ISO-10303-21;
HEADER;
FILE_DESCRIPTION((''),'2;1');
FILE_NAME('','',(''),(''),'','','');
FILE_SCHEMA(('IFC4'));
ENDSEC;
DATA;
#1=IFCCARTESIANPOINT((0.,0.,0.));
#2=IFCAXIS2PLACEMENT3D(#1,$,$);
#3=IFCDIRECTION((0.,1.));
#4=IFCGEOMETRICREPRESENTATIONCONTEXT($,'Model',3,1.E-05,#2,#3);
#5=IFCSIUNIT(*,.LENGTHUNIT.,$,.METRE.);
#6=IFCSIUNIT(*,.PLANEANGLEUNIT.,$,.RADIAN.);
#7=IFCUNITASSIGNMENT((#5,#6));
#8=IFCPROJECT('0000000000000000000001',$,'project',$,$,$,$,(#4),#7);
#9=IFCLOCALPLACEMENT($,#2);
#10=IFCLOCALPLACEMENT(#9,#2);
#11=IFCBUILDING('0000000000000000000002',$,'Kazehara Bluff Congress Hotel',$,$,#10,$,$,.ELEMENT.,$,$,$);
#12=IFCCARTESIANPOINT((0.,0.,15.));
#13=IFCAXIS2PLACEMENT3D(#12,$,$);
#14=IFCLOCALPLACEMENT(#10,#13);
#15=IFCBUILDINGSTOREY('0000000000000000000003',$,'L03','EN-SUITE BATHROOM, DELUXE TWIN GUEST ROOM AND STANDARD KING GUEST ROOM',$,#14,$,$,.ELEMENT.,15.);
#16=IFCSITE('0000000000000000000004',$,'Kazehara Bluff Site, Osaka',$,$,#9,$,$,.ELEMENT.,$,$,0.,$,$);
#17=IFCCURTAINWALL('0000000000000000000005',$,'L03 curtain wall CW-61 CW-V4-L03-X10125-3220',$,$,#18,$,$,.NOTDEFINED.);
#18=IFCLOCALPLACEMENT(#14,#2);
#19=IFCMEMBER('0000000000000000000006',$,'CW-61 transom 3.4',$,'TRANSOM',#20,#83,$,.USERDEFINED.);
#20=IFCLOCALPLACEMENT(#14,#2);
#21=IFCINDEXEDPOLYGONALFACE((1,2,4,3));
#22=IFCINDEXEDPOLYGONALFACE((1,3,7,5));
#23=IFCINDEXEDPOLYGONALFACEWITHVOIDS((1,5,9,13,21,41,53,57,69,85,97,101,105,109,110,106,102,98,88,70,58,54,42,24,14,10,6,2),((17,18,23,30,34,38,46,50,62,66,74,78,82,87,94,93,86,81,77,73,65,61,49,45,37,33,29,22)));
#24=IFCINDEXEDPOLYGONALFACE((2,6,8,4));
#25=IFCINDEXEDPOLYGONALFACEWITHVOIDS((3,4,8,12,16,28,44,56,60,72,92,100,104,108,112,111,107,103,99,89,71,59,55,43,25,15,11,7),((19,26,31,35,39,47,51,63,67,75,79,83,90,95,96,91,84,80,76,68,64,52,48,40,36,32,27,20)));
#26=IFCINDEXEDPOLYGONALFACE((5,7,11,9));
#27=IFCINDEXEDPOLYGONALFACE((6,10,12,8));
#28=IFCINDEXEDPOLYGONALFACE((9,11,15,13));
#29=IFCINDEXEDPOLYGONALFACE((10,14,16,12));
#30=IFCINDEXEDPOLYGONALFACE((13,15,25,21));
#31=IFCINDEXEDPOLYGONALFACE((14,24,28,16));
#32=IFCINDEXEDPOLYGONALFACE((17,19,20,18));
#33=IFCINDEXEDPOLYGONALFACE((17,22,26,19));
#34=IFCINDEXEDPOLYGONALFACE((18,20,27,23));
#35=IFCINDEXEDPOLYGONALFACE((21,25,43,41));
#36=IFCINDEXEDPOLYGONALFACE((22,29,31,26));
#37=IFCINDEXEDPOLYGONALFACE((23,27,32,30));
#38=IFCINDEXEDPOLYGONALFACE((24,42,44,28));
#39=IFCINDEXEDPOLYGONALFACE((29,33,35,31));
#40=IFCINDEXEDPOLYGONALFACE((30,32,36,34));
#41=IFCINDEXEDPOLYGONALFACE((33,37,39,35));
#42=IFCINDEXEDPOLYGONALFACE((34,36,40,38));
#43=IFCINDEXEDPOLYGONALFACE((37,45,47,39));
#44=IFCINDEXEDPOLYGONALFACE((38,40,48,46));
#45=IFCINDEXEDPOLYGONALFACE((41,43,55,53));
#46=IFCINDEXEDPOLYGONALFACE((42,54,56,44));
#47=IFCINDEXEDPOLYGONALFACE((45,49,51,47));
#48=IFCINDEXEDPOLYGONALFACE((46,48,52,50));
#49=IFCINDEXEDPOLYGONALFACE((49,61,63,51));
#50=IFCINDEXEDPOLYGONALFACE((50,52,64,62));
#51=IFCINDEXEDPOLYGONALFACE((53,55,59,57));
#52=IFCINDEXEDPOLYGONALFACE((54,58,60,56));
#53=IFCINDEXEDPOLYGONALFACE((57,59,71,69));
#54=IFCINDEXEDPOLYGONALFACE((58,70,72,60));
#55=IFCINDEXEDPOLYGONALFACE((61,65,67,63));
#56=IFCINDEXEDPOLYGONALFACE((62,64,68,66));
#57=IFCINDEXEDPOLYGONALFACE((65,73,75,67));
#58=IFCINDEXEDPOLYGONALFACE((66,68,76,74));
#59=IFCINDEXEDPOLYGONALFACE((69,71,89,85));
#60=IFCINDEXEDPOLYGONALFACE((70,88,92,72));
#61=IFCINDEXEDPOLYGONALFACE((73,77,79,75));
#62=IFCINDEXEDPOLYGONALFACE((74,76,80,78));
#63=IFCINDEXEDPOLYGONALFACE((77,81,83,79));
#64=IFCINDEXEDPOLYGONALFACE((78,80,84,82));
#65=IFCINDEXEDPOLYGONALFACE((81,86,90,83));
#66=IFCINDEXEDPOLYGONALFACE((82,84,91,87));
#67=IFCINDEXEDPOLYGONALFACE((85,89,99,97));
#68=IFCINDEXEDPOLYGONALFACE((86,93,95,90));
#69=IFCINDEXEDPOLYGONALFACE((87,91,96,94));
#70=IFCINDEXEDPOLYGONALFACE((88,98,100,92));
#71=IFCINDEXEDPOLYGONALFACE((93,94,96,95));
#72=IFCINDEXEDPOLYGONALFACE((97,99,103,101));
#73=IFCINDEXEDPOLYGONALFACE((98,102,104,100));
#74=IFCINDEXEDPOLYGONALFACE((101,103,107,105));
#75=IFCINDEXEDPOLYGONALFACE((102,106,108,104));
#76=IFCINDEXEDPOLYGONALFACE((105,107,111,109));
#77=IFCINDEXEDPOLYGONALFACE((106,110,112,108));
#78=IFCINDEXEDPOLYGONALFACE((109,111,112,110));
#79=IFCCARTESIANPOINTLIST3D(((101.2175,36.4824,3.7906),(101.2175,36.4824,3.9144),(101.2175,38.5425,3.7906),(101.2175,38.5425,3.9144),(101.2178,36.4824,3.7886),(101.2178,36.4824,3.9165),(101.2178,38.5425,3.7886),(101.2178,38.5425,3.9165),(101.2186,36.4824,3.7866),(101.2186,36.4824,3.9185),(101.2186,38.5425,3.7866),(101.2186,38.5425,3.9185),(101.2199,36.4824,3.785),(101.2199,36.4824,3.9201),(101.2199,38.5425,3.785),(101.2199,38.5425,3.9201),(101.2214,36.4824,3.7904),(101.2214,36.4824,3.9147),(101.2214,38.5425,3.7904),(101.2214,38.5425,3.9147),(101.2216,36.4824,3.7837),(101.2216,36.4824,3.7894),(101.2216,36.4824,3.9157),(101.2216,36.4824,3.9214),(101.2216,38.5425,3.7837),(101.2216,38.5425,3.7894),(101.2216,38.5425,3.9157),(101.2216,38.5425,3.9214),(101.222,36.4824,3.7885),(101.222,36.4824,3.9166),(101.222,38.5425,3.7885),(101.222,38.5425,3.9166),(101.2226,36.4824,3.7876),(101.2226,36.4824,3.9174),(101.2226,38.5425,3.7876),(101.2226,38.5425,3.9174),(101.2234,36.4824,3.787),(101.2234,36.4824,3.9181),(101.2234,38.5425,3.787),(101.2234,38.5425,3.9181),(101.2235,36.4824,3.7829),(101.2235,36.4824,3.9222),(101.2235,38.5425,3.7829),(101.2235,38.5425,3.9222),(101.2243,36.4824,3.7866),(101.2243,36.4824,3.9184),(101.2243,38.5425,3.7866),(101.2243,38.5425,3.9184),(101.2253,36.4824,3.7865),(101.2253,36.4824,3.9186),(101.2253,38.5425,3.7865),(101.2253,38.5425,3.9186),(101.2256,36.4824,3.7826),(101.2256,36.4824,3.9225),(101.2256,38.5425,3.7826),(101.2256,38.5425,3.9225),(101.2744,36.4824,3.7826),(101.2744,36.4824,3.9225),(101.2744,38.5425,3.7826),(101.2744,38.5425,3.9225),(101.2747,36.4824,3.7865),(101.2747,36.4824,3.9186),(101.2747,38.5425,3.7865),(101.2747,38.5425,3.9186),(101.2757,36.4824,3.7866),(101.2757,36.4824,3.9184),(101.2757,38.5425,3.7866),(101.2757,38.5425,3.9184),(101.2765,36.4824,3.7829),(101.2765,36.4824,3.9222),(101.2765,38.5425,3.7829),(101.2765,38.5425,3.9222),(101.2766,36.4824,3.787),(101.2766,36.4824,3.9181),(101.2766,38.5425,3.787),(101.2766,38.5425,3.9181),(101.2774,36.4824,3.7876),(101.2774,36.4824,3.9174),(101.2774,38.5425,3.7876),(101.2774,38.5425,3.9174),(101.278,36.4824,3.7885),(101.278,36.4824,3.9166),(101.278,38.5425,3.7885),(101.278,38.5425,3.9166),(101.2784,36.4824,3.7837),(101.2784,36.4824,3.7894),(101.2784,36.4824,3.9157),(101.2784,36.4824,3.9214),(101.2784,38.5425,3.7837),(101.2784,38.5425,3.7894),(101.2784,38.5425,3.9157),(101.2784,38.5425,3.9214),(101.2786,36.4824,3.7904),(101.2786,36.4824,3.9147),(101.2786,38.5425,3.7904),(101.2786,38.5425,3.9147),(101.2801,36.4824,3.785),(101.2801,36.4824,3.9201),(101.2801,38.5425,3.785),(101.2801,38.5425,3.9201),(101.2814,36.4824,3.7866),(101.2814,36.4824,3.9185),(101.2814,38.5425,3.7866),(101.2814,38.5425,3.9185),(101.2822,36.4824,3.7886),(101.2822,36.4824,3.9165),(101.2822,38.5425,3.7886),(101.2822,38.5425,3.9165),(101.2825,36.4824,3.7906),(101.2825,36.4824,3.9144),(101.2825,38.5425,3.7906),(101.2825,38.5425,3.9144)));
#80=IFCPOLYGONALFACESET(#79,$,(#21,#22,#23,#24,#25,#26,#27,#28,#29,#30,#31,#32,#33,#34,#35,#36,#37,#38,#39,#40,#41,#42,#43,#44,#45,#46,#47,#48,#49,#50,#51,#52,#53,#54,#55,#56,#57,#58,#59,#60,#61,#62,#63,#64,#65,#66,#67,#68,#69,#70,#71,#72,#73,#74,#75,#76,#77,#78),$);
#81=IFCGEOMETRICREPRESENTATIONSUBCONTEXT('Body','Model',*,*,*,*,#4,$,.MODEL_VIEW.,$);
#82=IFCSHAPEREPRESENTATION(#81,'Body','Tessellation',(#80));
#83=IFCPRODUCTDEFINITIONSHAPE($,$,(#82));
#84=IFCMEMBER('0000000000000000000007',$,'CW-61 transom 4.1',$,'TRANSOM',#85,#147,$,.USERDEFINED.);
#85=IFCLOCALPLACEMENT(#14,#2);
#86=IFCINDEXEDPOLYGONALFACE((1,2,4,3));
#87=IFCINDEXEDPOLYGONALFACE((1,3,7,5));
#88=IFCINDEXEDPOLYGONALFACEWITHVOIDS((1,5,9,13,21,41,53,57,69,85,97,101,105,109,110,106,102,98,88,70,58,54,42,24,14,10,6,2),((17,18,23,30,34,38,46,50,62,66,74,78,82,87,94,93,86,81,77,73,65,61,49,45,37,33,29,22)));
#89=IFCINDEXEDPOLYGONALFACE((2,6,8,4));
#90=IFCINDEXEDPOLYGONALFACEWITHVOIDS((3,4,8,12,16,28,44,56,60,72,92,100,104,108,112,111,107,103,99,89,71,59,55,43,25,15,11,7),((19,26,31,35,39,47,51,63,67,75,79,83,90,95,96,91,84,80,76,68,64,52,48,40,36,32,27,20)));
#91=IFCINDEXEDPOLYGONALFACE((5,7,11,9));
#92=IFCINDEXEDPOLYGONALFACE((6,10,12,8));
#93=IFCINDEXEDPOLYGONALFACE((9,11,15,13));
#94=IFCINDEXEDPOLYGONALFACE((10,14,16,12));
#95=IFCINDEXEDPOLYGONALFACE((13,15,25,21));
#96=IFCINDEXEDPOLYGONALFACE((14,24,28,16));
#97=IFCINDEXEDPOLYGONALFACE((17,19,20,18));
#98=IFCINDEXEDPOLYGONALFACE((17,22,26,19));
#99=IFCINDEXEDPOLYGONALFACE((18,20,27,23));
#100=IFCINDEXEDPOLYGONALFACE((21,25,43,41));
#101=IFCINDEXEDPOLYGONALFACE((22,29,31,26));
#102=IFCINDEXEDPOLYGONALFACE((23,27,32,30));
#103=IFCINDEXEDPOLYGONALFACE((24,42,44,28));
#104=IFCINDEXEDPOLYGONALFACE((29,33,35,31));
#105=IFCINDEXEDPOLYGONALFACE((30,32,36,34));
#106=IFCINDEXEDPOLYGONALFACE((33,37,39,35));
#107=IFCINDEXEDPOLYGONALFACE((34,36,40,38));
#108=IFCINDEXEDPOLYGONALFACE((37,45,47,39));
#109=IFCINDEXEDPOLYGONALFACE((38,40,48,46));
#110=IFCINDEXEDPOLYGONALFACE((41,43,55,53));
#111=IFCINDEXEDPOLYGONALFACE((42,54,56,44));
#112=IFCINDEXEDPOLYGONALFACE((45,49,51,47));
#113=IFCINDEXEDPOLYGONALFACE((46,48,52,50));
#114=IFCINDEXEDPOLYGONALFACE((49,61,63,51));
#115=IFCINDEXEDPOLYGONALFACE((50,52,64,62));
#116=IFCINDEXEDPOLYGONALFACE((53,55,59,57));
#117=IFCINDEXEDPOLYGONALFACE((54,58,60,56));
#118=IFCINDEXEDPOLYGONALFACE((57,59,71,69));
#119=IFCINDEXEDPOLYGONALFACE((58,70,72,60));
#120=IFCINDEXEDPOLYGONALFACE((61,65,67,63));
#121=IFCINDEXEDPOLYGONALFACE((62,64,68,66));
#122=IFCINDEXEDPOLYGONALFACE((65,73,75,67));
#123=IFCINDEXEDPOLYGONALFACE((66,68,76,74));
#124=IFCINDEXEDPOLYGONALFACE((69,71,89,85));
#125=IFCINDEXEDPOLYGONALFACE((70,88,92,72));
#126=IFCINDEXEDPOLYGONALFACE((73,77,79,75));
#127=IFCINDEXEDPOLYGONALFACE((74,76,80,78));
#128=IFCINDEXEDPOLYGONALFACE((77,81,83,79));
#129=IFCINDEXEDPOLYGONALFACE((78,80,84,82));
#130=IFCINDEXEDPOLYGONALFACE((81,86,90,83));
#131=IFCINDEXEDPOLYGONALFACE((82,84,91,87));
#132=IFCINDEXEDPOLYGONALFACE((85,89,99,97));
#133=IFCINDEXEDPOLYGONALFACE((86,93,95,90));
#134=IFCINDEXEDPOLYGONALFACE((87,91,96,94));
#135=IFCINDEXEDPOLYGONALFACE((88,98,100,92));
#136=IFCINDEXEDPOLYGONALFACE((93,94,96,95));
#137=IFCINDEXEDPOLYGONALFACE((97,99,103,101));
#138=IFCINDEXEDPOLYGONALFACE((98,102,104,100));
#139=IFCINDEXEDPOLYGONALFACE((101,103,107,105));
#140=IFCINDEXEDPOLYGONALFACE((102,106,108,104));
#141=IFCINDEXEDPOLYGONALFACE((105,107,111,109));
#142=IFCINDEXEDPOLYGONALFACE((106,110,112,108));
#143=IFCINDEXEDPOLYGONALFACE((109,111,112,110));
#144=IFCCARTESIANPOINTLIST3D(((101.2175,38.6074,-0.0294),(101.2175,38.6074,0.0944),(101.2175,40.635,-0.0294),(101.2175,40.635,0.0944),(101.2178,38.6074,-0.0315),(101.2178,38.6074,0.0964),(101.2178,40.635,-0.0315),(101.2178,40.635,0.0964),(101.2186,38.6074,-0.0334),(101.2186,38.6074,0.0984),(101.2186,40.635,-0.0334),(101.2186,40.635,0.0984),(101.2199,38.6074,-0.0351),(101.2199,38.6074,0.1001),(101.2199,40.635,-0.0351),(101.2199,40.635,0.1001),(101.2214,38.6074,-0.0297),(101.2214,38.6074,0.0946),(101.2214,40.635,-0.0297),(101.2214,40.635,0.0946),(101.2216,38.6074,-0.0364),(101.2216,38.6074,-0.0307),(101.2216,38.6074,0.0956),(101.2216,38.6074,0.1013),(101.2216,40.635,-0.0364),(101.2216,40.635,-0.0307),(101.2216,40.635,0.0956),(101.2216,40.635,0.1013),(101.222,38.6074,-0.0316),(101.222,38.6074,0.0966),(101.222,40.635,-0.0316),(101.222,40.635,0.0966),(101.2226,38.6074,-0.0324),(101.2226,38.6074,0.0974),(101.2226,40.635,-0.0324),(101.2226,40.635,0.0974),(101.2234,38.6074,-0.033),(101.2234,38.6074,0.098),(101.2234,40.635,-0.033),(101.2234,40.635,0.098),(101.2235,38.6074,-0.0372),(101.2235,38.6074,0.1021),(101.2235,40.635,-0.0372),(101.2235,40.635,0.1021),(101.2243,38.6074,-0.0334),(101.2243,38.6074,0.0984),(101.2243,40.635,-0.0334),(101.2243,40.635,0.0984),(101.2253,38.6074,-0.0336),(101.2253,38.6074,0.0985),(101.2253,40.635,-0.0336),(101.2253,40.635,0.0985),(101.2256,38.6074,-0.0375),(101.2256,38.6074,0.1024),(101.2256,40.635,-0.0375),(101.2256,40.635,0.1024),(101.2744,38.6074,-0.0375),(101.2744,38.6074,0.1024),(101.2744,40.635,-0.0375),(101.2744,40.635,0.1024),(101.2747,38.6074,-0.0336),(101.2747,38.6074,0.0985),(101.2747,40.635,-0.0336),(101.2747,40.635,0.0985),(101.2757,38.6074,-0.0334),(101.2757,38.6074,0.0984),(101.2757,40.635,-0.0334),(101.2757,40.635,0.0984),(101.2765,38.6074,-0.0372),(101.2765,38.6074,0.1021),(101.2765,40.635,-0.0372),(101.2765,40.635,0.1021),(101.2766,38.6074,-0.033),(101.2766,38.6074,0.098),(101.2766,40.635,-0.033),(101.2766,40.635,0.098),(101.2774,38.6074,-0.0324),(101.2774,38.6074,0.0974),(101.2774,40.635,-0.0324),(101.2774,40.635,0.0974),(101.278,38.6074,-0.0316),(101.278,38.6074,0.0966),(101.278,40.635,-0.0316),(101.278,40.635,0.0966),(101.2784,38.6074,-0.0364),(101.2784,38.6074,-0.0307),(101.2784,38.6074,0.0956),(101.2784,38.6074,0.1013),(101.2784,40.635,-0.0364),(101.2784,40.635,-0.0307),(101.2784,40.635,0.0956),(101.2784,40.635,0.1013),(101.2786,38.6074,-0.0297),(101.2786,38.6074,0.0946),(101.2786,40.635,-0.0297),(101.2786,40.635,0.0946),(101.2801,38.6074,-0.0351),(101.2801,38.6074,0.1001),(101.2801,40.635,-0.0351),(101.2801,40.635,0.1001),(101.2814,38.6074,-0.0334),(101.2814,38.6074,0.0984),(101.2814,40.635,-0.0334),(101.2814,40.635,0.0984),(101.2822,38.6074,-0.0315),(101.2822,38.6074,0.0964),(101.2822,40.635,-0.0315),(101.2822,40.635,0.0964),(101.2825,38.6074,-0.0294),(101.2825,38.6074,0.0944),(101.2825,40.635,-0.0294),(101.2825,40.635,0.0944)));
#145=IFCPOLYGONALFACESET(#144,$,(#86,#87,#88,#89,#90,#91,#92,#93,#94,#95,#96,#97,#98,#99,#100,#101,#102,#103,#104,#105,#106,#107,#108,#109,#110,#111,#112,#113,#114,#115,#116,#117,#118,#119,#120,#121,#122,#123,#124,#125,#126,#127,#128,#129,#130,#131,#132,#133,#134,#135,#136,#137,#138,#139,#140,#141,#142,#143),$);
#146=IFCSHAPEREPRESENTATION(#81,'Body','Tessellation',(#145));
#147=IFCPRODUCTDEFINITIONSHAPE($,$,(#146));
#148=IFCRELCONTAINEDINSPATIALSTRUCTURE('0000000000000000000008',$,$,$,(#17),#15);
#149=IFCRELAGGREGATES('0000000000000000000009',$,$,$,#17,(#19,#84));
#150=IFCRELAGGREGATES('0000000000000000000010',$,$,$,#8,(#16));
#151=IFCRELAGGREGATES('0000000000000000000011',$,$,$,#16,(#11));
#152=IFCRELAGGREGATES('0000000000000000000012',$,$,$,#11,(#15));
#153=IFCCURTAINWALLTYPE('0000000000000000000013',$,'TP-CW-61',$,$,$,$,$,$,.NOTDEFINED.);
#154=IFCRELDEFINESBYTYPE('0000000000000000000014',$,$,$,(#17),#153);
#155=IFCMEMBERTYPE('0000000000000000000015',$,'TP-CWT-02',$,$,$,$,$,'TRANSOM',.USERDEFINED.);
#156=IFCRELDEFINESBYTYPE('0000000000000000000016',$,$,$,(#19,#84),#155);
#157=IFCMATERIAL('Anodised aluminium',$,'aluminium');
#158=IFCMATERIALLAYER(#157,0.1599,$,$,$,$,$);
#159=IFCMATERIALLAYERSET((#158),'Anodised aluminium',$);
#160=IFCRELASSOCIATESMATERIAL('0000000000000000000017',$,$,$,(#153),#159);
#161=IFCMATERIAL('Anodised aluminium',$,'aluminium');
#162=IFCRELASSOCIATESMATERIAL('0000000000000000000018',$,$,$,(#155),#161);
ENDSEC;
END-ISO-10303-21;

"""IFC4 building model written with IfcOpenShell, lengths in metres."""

from ifc_helpers import new_model, si_unit, direction, frame, origin, origin_2d, place, context, subcontext, project, spatial, hollow_rectangle, extrude, material, layer, layer_set, material_profile, profile_set, type_object, element, aggregate, save


model = new_model("IFC4")

# Units and contexts
model_context = context("Model", 3, precision=1e-05, world=origin(), true_north=direction((0.0, 1.0)))
body_context = subcontext(model_context, "Body", "Model", "MODEL_VIEW")
ifc_project = project(units=[si_unit("LENGTHUNIT", "METRE"), si_unit("PLANEANGLEUNIT", "RADIAN")], contexts=[model_context])

# Site, building, storey
site_placement = place(None, origin())
site = spatial("IfcSite", under=ifc_project, at=site_placement, Name="Kazehara Bluff Site, Osaka", CompositionType="ELEMENT", RefElevation=0.0)
building_placement = place(site_placement, origin())
building = spatial("IfcBuilding", under=site, at=building_placement, Name="Kazehara Bluff Congress Hotel", CompositionType="ELEMENT")
storey_placement = place(building_placement, frame((0.0, 0.0, 15.0)))
storey = spatial("IfcBuildingStorey", under=building, at=storey_placement, Name="L03", Description="EN-SUITE BATHROOM, DELUXE TWIN GUEST ROOM AND STANDARD KING GUEST ROOM", CompositionType="ELEMENT", Elevation=15.0)

# Curtain wall, members
ifc_material_1 = material(Name="Anodised aluminium", Category="aluminium")
ifc_layer_1 = layer(ifc_material_1, 0.1599)
ifc_layer_set_1 = layer_set([ifc_layer_1], Name="Anodised aluminium")
curtain_wall_type = type_object("IfcCurtainWallType", Name="TP-CW-61", PredefinedType="NOTDEFINED", material=ifc_layer_set_1)
curtain_wall_placement = place(storey_placement, origin())
curtain_wall = element("IfcCurtainWall", 1, at=curtain_wall_placement, inside=storey, type_object=curtain_wall_type, Name="L03 curtain wall CW-61 CW-V4-L03-X10125-3220", PredefinedType="NOTDEFINED")
ifc_material_2 = material(Name="Anodised aluminium", Category="aluminium")
ifc_material_profile_1 = material_profile(ifc_material_2, hollow_rectangle(XDim=0.0649, YDim=0.1399, WallThickness=0.0039, InnerFilletRadius=0.0039, OuterFilletRadius=0.0081, at=origin_2d()))
ifc_profile_set_1 = profile_set([ifc_material_profile_1], Name="Anodised aluminium")
member_type_1 = type_object("IfcMemberType", Name="TP-CWT-02", ElementType="TRANSOM", PredefinedType="USERDEFINED", material=ifc_profile_set_1)
member_1_placement = place(storey_placement, frame((101.25, 36.4824, 3.8525), z_axis=(0.0, 1.0, 0.0), x_axis=(-1.0, 0.0, 0.0)))
member_1 = element("IfcMember", 2, at=member_1_placement, type_object=member_type_1, Name="CW-61 transom 3.4", ObjectType="TRANSOM", PredefinedType="USERDEFINED", context=body_context, shape_type="SweptSolid", body=[
    extrude(hollow_rectangle(XDim=0.0649, YDim=0.1399, WallThickness=0.0039, InnerFilletRadius=0.0039, OuterFilletRadius=0.0081, at=origin_2d()), origin(), (0.0, 0.0, 1.0), 2.0601),
])
member_2_placement = place(storey_placement, frame((101.25, 38.6074, 0.0325), z_axis=(0.0, 1.0, 0.0), x_axis=(-1.0, 0.0, 0.0)))
member_2 = element("IfcMember", 3, at=member_2_placement, type_object=member_type_1, Name="CW-61 transom 4.1", ObjectType="TRANSOM", PredefinedType="USERDEFINED", context=body_context, shape_type="SweptSolid", body=[
    extrude(hollow_rectangle(XDim=0.0649, YDim=0.1399, WallThickness=0.0039, InnerFilletRadius=0.0039, OuterFilletRadius=0.0081, at=origin_2d()), origin(), (0.0, 0.0, 1.0), 2.0276),
])
aggregate(curtain_wall, [member_1, member_2])

save(model, "model.ifc")
